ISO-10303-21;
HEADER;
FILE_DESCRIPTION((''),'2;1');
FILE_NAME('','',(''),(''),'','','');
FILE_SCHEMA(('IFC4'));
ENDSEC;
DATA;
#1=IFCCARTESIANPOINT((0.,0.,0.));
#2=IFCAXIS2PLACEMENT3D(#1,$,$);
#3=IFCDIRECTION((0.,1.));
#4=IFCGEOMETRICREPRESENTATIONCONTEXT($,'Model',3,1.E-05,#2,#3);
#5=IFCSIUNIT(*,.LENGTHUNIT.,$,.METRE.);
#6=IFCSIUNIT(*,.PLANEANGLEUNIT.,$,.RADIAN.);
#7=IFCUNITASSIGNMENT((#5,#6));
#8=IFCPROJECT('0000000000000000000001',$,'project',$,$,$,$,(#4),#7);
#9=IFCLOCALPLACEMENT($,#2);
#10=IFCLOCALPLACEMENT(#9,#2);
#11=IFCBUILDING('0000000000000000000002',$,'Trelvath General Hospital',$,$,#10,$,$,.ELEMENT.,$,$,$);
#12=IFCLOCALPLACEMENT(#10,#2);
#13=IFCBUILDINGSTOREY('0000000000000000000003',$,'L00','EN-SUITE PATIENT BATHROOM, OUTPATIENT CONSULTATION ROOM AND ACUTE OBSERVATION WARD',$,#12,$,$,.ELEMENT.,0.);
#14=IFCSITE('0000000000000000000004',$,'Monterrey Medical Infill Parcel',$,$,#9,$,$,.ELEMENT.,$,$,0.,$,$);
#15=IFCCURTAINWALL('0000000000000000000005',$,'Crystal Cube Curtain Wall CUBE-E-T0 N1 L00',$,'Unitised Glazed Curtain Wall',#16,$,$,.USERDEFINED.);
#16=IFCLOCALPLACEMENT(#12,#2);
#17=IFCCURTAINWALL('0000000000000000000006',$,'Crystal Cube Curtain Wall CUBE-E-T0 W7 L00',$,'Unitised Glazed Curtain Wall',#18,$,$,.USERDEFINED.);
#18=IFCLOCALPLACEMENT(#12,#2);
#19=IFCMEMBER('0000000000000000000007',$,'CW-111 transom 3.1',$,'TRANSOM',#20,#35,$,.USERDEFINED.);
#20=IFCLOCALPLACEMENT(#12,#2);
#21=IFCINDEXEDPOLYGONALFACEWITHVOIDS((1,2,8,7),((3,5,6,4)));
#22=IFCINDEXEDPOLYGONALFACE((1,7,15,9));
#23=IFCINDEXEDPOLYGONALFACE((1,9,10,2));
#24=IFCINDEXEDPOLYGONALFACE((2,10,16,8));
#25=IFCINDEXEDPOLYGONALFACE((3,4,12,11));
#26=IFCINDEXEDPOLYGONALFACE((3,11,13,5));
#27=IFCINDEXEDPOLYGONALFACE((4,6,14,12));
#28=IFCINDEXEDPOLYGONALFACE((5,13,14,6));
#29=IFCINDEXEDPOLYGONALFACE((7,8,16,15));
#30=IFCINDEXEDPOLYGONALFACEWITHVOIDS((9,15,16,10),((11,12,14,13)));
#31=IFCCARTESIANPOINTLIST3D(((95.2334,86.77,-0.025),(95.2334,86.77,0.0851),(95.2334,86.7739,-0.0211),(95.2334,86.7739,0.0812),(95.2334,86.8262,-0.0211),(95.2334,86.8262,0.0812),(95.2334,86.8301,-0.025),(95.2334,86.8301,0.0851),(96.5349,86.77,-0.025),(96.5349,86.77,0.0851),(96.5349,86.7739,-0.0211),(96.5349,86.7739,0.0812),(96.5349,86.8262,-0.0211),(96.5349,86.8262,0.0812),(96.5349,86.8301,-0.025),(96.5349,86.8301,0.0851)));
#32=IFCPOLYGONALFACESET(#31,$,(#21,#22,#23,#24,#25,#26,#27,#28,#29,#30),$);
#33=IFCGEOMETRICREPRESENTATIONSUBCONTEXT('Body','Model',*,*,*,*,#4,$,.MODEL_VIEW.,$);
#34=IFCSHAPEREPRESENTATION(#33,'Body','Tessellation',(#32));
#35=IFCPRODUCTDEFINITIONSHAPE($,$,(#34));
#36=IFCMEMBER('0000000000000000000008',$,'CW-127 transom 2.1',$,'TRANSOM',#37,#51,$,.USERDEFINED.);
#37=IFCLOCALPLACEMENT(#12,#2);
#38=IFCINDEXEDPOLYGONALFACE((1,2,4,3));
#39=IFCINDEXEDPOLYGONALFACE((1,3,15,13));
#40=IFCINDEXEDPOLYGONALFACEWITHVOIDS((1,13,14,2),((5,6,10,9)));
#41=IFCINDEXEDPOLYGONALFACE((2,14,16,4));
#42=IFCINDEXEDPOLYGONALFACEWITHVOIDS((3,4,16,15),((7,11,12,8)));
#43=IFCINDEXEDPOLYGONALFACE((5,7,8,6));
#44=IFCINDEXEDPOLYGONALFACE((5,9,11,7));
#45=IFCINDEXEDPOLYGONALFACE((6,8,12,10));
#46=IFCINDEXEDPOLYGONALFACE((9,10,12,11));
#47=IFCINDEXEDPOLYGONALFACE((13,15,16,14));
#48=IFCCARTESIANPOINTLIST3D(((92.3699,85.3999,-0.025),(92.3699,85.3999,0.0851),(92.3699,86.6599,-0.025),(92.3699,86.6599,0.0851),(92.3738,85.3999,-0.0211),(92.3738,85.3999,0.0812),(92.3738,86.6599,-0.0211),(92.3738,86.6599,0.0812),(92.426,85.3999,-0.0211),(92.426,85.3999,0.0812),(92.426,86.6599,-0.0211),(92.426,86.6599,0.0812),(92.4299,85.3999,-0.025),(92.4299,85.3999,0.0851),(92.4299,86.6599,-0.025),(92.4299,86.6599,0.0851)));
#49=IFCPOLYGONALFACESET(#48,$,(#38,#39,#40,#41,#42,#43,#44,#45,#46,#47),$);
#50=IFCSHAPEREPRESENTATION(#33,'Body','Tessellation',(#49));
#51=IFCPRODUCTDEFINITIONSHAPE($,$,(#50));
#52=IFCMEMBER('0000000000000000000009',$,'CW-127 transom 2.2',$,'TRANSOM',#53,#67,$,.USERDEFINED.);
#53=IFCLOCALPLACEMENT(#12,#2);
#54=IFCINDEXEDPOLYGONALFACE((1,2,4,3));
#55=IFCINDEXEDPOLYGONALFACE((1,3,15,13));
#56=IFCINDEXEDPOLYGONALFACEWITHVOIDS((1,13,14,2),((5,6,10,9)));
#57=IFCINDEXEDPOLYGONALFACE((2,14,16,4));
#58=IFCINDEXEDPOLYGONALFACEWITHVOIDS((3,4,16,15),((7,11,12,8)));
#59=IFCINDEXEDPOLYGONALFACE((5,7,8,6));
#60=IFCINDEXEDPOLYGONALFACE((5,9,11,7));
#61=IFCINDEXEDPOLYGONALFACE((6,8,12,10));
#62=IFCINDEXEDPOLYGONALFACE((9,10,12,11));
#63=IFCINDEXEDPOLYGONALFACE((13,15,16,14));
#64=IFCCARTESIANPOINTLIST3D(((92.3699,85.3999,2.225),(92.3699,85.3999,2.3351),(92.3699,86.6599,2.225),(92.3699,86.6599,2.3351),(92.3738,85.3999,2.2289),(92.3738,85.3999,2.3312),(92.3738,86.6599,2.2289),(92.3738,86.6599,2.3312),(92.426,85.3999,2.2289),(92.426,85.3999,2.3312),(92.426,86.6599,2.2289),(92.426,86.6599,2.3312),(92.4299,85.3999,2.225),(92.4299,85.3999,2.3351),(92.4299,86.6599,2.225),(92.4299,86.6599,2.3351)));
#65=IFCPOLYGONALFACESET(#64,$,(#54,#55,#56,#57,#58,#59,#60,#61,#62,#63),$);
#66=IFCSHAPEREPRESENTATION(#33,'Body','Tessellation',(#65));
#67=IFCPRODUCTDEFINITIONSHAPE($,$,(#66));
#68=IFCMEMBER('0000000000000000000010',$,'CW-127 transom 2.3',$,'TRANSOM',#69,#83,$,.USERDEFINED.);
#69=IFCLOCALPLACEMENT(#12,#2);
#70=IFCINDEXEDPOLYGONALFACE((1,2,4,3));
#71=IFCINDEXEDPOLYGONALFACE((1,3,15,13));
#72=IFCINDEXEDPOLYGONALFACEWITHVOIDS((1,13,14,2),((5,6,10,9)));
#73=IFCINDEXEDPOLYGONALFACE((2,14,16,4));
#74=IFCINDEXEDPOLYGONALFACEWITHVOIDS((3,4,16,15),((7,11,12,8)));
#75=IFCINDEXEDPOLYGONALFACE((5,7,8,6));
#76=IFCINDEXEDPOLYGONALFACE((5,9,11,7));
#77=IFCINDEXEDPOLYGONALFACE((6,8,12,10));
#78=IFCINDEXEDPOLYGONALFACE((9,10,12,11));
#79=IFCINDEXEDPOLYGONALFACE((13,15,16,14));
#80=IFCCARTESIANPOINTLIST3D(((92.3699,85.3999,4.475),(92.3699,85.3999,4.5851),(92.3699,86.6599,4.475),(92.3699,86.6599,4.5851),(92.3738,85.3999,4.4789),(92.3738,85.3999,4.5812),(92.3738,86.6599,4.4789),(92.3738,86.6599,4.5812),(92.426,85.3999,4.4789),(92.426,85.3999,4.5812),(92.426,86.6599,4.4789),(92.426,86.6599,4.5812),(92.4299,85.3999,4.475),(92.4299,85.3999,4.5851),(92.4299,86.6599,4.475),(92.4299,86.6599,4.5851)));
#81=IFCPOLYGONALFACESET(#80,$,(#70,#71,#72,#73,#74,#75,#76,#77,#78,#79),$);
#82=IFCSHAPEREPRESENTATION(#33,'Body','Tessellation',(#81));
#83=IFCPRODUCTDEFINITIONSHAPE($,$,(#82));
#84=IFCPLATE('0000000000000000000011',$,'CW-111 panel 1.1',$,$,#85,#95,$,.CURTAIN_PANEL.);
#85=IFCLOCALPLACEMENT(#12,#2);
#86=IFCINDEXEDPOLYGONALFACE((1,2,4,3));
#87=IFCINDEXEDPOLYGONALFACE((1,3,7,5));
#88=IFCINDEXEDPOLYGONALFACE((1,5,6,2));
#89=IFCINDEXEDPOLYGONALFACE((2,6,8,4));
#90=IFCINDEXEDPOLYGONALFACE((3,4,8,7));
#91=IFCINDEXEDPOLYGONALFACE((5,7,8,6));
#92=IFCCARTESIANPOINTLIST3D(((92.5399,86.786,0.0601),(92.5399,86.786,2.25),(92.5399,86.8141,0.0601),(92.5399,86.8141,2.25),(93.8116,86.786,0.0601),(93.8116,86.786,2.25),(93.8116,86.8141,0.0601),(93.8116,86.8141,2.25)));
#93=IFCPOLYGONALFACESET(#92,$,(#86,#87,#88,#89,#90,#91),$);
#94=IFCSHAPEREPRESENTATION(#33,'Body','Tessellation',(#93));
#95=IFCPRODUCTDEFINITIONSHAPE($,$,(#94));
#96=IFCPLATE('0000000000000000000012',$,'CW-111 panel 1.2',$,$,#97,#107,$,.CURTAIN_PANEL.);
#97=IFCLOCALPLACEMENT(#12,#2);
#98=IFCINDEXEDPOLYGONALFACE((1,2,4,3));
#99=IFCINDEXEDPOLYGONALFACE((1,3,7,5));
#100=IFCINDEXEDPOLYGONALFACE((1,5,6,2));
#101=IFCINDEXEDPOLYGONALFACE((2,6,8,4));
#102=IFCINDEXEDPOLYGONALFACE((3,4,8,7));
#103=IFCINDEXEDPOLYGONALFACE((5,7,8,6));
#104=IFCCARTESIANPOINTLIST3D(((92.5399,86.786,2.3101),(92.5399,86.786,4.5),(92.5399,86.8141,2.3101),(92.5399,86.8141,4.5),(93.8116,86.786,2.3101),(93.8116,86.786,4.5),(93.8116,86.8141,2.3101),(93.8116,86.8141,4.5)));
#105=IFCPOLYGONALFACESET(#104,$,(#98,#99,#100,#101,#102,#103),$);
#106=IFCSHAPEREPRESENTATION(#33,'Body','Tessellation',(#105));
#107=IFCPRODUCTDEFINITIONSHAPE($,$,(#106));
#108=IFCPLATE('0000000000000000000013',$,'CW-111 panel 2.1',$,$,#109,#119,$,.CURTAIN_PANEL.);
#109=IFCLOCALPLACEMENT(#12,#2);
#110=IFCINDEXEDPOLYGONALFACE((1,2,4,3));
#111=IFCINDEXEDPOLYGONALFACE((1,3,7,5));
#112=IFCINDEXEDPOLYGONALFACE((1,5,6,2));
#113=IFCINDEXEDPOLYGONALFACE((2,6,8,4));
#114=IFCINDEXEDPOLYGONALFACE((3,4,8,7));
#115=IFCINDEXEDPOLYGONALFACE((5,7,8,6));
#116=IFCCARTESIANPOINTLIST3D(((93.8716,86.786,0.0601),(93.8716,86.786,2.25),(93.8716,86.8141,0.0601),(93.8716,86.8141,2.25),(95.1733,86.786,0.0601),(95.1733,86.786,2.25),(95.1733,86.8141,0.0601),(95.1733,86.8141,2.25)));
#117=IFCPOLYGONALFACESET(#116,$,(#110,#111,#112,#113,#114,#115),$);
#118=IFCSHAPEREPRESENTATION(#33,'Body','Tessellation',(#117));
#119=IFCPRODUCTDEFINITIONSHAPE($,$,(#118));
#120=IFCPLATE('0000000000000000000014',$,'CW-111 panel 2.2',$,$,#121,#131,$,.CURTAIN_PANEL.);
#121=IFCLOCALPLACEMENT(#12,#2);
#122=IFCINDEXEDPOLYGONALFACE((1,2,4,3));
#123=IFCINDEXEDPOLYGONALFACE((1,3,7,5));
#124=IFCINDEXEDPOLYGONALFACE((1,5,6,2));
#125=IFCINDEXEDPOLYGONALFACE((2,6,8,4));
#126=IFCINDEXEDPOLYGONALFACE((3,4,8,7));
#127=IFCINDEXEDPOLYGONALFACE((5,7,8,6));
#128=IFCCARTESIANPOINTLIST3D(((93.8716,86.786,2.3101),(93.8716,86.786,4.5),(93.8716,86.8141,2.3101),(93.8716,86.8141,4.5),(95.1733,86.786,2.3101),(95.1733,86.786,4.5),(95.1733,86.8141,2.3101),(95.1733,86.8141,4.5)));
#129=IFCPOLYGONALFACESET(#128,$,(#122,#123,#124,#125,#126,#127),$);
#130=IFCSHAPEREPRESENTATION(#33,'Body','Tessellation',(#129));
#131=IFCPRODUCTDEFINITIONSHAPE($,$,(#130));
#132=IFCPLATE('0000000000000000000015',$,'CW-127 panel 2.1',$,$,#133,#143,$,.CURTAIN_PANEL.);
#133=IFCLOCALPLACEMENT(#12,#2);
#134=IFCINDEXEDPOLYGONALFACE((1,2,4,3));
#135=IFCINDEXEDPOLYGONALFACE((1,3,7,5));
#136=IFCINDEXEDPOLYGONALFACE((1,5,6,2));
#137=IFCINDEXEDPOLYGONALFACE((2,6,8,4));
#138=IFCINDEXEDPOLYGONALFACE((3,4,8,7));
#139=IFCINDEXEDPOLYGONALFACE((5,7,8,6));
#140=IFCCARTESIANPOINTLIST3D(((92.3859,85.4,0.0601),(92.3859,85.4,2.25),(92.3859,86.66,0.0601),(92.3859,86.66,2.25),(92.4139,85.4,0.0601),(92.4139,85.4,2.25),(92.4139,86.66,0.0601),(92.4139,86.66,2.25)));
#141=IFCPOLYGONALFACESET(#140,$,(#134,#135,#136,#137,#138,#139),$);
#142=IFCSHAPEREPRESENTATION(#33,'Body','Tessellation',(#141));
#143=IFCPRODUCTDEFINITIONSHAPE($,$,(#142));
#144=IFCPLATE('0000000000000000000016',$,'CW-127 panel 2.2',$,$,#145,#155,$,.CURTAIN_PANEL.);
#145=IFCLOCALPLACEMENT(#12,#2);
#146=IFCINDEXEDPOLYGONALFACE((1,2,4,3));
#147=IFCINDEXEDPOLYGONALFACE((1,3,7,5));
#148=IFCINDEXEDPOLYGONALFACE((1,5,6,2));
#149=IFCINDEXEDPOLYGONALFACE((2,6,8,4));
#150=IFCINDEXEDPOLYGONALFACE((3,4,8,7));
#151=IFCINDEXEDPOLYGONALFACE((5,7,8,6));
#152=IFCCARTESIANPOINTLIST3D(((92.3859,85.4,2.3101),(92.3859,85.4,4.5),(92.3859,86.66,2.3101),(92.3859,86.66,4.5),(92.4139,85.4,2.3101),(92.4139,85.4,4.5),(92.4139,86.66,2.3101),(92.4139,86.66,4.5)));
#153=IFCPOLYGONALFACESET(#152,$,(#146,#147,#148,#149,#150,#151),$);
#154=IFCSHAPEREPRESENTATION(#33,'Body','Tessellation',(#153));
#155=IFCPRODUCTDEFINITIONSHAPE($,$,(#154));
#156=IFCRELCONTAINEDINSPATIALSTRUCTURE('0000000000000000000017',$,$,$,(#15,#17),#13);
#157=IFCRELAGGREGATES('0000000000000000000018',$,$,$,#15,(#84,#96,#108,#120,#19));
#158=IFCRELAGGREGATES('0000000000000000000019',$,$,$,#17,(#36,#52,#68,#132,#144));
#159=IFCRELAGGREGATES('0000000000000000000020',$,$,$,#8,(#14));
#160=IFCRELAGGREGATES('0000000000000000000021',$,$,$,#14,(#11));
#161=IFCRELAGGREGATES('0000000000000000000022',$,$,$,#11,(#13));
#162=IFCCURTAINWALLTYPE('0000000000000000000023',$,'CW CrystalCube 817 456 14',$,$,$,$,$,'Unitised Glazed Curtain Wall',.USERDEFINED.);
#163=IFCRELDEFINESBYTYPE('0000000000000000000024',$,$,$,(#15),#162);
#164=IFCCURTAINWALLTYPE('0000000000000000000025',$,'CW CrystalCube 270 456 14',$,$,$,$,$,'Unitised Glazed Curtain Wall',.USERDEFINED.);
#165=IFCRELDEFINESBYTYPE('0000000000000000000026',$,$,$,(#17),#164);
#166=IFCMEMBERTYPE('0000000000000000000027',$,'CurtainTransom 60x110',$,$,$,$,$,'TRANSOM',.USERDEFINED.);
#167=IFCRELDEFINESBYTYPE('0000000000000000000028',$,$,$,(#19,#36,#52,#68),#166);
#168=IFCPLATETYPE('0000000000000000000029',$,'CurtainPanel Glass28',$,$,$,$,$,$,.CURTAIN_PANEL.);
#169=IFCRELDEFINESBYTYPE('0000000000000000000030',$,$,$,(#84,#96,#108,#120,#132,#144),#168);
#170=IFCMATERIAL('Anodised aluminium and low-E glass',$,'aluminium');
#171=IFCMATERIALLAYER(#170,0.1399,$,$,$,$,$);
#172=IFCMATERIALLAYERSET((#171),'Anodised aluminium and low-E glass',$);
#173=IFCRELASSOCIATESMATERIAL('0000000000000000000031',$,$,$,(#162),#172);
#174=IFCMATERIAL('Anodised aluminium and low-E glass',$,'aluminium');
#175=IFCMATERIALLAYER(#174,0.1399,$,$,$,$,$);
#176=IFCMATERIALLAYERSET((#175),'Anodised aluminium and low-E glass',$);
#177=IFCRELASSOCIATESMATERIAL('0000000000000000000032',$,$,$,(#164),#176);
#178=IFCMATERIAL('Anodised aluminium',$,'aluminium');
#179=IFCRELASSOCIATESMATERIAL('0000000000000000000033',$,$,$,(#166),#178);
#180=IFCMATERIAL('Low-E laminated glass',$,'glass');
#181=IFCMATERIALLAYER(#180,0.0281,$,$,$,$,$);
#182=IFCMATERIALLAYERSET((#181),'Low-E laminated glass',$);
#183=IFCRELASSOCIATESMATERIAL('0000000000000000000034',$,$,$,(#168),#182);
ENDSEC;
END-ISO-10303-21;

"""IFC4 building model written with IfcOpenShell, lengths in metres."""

from ifc_helpers import new_model, si_unit, direction, frame, origin, origin_2d, place, context, subcontext, project, spatial, rectangle, hollow_rectangle, extrude, material, layer, layer_set, material_profile, profile_set, type_object, element, aggregate, save


model = new_model("IFC4")

# Units and contexts
model_context = context("Model", 3, precision=1e-05, world=origin(), true_north=direction((0.0, 1.0)))
body_context = subcontext(model_context, "Body", "Model", "MODEL_VIEW")
ifc_project = project(units=[si_unit("LENGTHUNIT", "METRE"), si_unit("PLANEANGLEUNIT", "RADIAN")], contexts=[model_context])

# Site, building, storey
site_placement = place(None, origin())
site = spatial("IfcSite", under=ifc_project, at=site_placement, Name="Monterrey Medical Infill Parcel", CompositionType="ELEMENT", RefElevation=0.0)
building_placement = place(site_placement, origin())
building = spatial("IfcBuilding", under=site, at=building_placement, Name="Trelvath General Hospital", CompositionType="ELEMENT")
storey_placement = place(building_placement, origin())
storey = spatial("IfcBuildingStorey", under=building, at=storey_placement, Name="L00", Description="EN-SUITE PATIENT BATHROOM, OUTPATIENT CONSULTATION ROOM AND ACUTE OBSERVATION WARD", CompositionType="ELEMENT", Elevation=0.0)

# Curtain walls
ifc_material_1 = material(Name="Anodised aluminium and low-E glass", Category="aluminium")
ifc_layer_1 = layer(ifc_material_1, 0.1399)
ifc_layer_set_1 = layer_set([ifc_layer_1], Name="Anodised aluminium and low-E glass")
curtain_wall_type_1 = type_object("IfcCurtainWallType", Name="CW CrystalCube 817 456 14", ElementType="Unitised Glazed Curtain Wall", PredefinedType="USERDEFINED", material=ifc_layer_set_1)
curtain_wall_1_placement = place(storey_placement, origin())
curtain_wall_1 = element("IfcCurtainWall", 1, at=curtain_wall_1_placement, inside=storey, type_object=curtain_wall_type_1, Name="Crystal Cube Curtain Wall CUBE-E-T0 N1 L00", ObjectType="Unitised Glazed Curtain Wall", PredefinedType="USERDEFINED")
ifc_material_2 = material(Name="Anodised aluminium and low-E glass", Category="aluminium")
ifc_layer_2 = layer(ifc_material_2, 0.1399)
ifc_layer_set_2 = layer_set([ifc_layer_2], Name="Anodised aluminium and low-E glass")
curtain_wall_type_2 = type_object("IfcCurtainWallType", Name="CW CrystalCube 270 456 14", ElementType="Unitised Glazed Curtain Wall", PredefinedType="USERDEFINED", material=ifc_layer_set_2)
curtain_wall_2_placement = place(storey_placement, origin())
curtain_wall_2 = element("IfcCurtainWall", 2, at=curtain_wall_2_placement, inside=storey, type_object=curtain_wall_type_2, Name="Crystal Cube Curtain Wall CUBE-E-T0 W7 L00", ObjectType="Unitised Glazed Curtain Wall", PredefinedType="USERDEFINED")

# Members
ifc_material_3 = material(Name="Anodised aluminium", Category="aluminium")
ifc_material_profile_1 = material_profile(ifc_material_3, hollow_rectangle(XDim=0.0601, YDim=0.1101, WallThickness=0.0039, at=origin_2d()), Name="RHS60x110x4")
ifc_profile_set_1 = profile_set([ifc_material_profile_1], Name="Anodised aluminium")
member_type_1 = type_object("IfcMemberType", Name="CurtainTransom 60x110", ElementType="TRANSOM", PredefinedType="USERDEFINED", material=ifc_profile_set_1)
member_1_placement = place(storey_placement, frame((95.2334, 86.8, 0.03), z_axis=(1.0, 0.0, 0.0), x_axis=(0.0, 1.0, 0.0)))
member_1 = element("IfcMember", 3, at=member_1_placement, type_object=member_type_1, Name="CW-111 transom 3.1", ObjectType="TRANSOM", PredefinedType="USERDEFINED", context=body_context, shape_type="SweptSolid", body=[
    extrude(hollow_rectangle(XDim=0.0601, YDim=0.1101, WallThickness=0.0039, at=origin_2d()), origin(), (0.0, 0.0, 1.0), 1.3015),
])
member_2_placement = place(storey_placement, frame((92.3999, 85.3999, 0.03), z_axis=(0.0, 1.0, 0.0), x_axis=(-1.0, 0.0, 0.0)))
member_2 = element("IfcMember", 4, at=member_2_placement, type_object=member_type_1, Name="CW-127 transom 2.1", ObjectType="TRANSOM", PredefinedType="USERDEFINED", context=body_context, shape_type="SweptSolid", body=[
    extrude(hollow_rectangle(XDim=0.0601, YDim=0.1101, WallThickness=0.0039, at=origin_2d()), origin(), (0.0, 0.0, 1.0), 1.26),
])
member_3_placement = place(storey_placement, frame((92.3999, 85.3999, 2.28), z_axis=(0.0, 1.0, 0.0), x_axis=(-1.0, 0.0, 0.0)))
member_3 = element("IfcMember", 5, at=member_3_placement, type_object=member_type_1, Name="CW-127 transom 2.2", ObjectType="TRANSOM", PredefinedType="USERDEFINED", context=body_context, shape_type="SweptSolid", body=[
    extrude(hollow_rectangle(XDim=0.0601, YDim=0.1101, WallThickness=0.0039, at=origin_2d()), origin(), (0.0, 0.0, 1.0), 1.26),
])
member_4_placement = place(storey_placement, frame((92.3999, 85.3999, 4.53), z_axis=(0.0, 1.0, 0.0), x_axis=(-1.0, 0.0, 0.0)))
member_4 = element("IfcMember", 6, at=member_4_placement, type_object=member_type_1, Name="CW-127 transom 2.3", ObjectType="TRANSOM", PredefinedType="USERDEFINED", context=body_context, shape_type="SweptSolid", body=[
    extrude(hollow_rectangle(XDim=0.0601, YDim=0.1101, WallThickness=0.0039, at=origin_2d()), origin(), (0.0, 0.0, 1.0), 1.26),
])

# Plates
ifc_material_4 = material(Name="Low-E laminated glass", Category="glass")
ifc_layer_3 = layer(ifc_material_4, 0.0281)
ifc_layer_set_3 = layer_set([ifc_layer_3], Name="Low-E laminated glass")
plate_type = type_object("IfcPlateType", Name="CurtainPanel Glass28", PredefinedType="CURTAIN_PANEL", material=ifc_layer_set_3)
plate_1_placement = place(storey_placement, frame((93.1758, 86.8, 0.0601), z_axis=(0.0, 0.0, 1.0), x_axis=(1.0, 0.0, 0.0)))
plate_1 = element("IfcPlate", 7, at=plate_1_placement, type_object=plate_type, Name="CW-111 panel 1.1", PredefinedType="CURTAIN_PANEL", context=body_context, shape_type="SweptSolid", body=[
    extrude(rectangle(XDim=1.2717, YDim=0.0281, at=origin_2d()), origin(), (0.0, 0.0, 1.0), 2.1899),
])
plate_2_placement = place(storey_placement, frame((93.1758, 86.8, 2.3101), z_axis=(0.0, 0.0, 1.0), x_axis=(1.0, 0.0, 0.0)))
plate_2 = element("IfcPlate", 8, at=plate_2_placement, type_object=plate_type, Name="CW-111 panel 1.2", PredefinedType="CURTAIN_PANEL", context=body_context, shape_type="SweptSolid", body=[
    extrude(rectangle(XDim=1.2717, YDim=0.0281, at=origin_2d()), origin(), (0.0, 0.0, 1.0), 2.1899),
])
plate_3_placement = place(storey_placement, frame((94.5225, 86.8, 0.0601), z_axis=(0.0, 0.0, 1.0), x_axis=(1.0, 0.0, 0.0)))
plate_3 = element("IfcPlate", 9, at=plate_3_placement, type_object=plate_type, Name="CW-111 panel 2.1", PredefinedType="CURTAIN_PANEL", context=body_context, shape_type="SweptSolid", body=[
    extrude(rectangle(XDim=1.3018, YDim=0.0281, at=origin_2d()), origin(), (0.0, 0.0, 1.0), 2.1899),
])
plate_4_placement = place(storey_placement, frame((94.5225, 86.8, 2.3101), z_axis=(0.0, 0.0, 1.0), x_axis=(1.0, 0.0, 0.0)))
plate_4 = element("IfcPlate", 10, at=plate_4_placement, type_object=plate_type, Name="CW-111 panel 2.2", PredefinedType="CURTAIN_PANEL", context=body_context, shape_type="SweptSolid", body=[
    extrude(rectangle(XDim=1.3018, YDim=0.0281, at=origin_2d()), origin(), (0.0, 0.0, 1.0), 2.1899),
])
aggregate(curtain_wall_1, [plate_1, plate_2, plate_3, plate_4, member_1])
plate_5_placement = place(storey_placement, frame((92.3999, 86.03, 0.0601), z_axis=(0.0, 0.0, 1.0), x_axis=(0.0, 1.0, 0.0)))
plate_5 = element("IfcPlate", 11, at=plate_5_placement, type_object=plate_type, Name="CW-127 panel 2.1", PredefinedType="CURTAIN_PANEL", context=body_context, shape_type="SweptSolid", body=[
    extrude(rectangle(XDim=1.26, YDim=0.0281, at=origin_2d()), origin(), (0.0, 0.0, 1.0), 2.1899),
])
plate_6_placement = place(storey_placement, frame((92.3999, 86.03, 2.3101), z_axis=(0.0, 0.0, 1.0), x_axis=(0.0, 1.0, 0.0)))
plate_6 = element("IfcPlate", 12, at=plate_6_placement, type_object=plate_type, Name="CW-127 panel 2.2", PredefinedType="CURTAIN_PANEL", context=body_context, shape_type="SweptSolid", body=[
    extrude(rectangle(XDim=1.26, YDim=0.0281, at=origin_2d()), origin(), (0.0, 0.0, 1.0), 2.1899),
])
aggregate(curtain_wall_2, [member_2, member_3, member_4, plate_5, plate_6])

save(model, "model.ifc")
